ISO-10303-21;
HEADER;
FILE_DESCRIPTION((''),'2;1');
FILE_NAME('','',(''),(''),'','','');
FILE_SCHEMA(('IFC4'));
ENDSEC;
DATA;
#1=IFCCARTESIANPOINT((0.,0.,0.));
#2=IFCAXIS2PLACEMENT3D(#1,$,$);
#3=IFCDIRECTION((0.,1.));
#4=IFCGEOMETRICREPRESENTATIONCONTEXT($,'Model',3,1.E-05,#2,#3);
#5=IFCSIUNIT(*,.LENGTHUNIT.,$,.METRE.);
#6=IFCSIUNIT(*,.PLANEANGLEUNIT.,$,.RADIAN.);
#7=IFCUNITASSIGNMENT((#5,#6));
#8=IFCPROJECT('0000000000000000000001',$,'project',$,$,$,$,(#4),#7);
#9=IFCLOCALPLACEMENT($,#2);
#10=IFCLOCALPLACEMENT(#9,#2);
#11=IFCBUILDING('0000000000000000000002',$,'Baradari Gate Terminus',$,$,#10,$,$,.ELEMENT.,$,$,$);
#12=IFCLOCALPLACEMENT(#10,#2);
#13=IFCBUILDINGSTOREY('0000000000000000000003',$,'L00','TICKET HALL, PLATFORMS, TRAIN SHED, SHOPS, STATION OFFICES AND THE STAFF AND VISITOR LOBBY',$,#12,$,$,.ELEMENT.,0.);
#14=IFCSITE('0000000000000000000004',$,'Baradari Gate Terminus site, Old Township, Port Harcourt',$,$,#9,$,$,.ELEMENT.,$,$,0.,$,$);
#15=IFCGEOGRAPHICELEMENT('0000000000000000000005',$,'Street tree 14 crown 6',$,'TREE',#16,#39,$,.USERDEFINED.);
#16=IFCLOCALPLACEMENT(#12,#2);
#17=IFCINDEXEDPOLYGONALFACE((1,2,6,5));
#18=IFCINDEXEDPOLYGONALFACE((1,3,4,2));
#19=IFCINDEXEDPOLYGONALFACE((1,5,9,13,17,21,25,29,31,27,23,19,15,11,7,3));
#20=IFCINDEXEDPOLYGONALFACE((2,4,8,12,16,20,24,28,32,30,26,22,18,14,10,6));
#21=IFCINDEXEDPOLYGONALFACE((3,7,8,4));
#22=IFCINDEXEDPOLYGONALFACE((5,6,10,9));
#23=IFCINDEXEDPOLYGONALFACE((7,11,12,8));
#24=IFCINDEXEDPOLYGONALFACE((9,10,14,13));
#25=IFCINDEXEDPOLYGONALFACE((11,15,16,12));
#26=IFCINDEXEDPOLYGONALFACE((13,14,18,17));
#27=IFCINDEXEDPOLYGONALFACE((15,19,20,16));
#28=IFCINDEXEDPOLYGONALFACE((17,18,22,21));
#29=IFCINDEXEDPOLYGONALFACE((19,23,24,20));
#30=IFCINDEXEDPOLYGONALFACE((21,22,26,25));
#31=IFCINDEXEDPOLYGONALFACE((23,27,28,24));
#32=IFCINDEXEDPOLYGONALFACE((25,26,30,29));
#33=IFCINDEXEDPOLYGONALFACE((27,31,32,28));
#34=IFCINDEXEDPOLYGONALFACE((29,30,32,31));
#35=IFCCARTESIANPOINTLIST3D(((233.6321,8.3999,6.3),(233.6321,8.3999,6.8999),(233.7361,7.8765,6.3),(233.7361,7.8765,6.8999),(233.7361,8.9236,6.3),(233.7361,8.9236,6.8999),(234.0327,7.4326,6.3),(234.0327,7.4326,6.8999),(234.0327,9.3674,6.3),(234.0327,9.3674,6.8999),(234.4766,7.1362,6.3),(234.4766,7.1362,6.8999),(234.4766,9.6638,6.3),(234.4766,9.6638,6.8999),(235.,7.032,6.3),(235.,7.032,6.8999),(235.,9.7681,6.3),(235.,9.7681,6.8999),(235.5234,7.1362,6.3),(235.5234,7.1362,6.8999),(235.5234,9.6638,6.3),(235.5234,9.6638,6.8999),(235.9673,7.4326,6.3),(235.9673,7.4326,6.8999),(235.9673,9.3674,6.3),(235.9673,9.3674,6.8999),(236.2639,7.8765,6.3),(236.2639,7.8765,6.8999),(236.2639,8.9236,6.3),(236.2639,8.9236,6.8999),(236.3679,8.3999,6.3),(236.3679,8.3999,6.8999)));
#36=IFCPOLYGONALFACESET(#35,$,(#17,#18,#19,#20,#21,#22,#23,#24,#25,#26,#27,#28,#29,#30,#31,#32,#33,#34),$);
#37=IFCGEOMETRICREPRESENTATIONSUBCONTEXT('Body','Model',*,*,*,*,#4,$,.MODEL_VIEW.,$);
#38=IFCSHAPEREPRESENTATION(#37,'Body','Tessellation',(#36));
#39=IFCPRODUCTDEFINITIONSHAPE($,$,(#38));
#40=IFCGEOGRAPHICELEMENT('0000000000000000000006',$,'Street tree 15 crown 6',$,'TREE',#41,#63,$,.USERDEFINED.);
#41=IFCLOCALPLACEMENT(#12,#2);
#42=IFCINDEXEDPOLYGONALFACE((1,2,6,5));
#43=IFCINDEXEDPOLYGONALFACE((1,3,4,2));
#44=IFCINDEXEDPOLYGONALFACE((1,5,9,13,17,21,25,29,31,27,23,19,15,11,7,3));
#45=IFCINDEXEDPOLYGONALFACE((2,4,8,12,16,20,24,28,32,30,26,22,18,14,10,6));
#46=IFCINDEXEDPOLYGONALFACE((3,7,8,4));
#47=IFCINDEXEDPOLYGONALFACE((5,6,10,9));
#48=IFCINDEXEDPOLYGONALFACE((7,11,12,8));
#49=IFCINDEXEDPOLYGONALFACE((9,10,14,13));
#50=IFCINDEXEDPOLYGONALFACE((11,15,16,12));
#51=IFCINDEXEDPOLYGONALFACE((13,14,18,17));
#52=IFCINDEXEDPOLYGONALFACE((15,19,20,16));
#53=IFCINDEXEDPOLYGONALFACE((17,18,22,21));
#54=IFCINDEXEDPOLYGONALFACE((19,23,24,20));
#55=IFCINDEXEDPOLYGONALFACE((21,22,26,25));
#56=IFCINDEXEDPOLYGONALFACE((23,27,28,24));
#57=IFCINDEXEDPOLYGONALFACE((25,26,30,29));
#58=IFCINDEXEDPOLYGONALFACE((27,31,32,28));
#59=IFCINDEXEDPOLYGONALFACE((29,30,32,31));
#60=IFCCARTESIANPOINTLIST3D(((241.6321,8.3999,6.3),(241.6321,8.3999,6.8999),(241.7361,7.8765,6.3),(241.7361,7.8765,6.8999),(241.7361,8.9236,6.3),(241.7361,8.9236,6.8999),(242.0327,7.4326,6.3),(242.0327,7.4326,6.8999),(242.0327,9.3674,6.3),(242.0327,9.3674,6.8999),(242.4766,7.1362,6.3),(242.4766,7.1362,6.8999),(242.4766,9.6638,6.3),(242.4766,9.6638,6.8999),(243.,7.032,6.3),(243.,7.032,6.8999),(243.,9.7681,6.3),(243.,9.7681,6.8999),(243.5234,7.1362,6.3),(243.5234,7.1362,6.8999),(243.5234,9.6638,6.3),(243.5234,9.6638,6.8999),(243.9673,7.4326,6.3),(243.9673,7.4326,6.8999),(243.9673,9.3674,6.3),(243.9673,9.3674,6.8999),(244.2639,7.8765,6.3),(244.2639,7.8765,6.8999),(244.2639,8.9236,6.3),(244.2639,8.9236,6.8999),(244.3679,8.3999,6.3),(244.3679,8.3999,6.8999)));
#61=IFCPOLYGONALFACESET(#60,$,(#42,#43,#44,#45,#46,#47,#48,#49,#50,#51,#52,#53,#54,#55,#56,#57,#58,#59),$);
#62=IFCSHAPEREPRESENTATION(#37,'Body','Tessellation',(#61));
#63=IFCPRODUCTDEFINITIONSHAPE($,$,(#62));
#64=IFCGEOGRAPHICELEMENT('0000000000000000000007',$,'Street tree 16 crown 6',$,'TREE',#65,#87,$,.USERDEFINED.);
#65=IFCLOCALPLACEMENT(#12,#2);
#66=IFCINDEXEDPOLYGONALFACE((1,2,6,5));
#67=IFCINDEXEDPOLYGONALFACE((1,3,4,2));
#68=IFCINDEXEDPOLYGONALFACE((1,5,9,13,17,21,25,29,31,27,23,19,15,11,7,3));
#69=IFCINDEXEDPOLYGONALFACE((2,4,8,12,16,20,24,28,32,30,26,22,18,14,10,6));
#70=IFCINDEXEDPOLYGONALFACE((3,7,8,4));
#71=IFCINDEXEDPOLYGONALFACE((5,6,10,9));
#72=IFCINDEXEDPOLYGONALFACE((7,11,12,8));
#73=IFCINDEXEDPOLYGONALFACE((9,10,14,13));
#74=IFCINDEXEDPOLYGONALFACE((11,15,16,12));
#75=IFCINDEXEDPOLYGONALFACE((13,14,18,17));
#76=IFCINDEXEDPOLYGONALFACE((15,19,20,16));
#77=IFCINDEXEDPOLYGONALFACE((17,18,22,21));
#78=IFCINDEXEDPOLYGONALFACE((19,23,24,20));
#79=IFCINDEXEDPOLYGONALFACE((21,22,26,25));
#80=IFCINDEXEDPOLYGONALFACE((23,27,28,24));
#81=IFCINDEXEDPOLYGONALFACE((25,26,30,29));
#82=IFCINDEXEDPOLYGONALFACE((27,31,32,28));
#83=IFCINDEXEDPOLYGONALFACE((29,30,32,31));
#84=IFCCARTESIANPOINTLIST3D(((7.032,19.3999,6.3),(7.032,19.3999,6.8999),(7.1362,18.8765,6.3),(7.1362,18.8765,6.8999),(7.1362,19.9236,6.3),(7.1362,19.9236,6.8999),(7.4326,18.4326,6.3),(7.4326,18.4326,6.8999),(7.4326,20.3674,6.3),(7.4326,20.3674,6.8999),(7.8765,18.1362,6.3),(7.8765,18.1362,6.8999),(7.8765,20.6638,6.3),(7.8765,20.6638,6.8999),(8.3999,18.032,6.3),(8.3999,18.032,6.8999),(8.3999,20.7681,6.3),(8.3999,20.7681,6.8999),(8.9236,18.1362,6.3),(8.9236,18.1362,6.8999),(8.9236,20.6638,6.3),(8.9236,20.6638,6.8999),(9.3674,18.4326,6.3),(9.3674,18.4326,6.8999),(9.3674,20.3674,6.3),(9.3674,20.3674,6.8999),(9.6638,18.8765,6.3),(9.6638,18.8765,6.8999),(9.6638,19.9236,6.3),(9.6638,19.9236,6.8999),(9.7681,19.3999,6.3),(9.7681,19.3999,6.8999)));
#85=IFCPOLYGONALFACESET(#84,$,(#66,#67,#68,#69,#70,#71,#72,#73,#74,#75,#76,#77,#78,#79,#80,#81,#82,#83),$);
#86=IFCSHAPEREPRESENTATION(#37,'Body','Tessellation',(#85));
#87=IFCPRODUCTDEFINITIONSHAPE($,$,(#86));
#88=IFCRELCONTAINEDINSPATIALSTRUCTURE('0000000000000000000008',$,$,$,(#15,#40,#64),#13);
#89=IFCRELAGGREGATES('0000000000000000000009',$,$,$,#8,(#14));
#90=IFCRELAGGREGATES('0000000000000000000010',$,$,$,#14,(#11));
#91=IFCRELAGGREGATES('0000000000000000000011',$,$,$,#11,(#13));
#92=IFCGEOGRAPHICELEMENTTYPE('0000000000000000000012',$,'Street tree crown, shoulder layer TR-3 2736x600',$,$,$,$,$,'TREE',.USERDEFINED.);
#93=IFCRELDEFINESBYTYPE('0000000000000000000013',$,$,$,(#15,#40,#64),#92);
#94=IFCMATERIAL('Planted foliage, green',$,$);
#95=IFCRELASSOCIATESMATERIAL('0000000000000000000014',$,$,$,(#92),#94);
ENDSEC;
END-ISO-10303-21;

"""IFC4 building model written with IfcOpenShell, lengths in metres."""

from ifc_helpers import new_model, si_unit, direction, frame, origin, place, context, subcontext, project, spatial, polyline, outline, extrude, material, type_object, element, save


model = new_model("IFC4")

# Units and contexts
model_context = context("Model", 3, precision=1e-05, world=origin(), true_north=direction((0.0, 1.0)))
body_context = subcontext(model_context, "Body", "Model", "MODEL_VIEW")
ifc_project = project(units=[si_unit("LENGTHUNIT", "METRE"), si_unit("PLANEANGLEUNIT", "RADIAN")], contexts=[model_context])

# Site, building, storey
site_placement = place(None, origin())
site = spatial("IfcSite", under=ifc_project, at=site_placement, Name="Baradari Gate Terminus site, Old Township, Port Harcourt", CompositionType="ELEMENT", RefElevation=0.0)
building_placement = place(site_placement, origin())
building = spatial("IfcBuilding", under=site, at=building_placement, Name="Baradari Gate Terminus", CompositionType="ELEMENT")
storey_placement = place(building_placement, origin())
storey = spatial("IfcBuildingStorey", under=building, at=storey_placement, Name="L00", Description="TICKET HALL, PLATFORMS, TRAIN SHED, SHOPS, STATION OFFICES AND THE STAFF AND VISITOR LOBBY", CompositionType="ELEMENT", Elevation=0.0)

# Geographic elements
ifc_material_1 = material(Name="Planted foliage, green")
geographic_element_type_1 = type_object("IfcGeographicElementType", Name="Street tree crown, shoulder layer TR-3 2736x600", ElementType="TREE", PredefinedType="USERDEFINED", material=ifc_material_1)
geographic_element_1_placement = place(storey_placement, frame((0.0, 0.0, 6.3)))
element("IfcGeographicElement", 1, at=geographic_element_1_placement, inside=storey, type_object=geographic_element_type_1, Name="Street tree 14 crown 6", ObjectType="TREE", PredefinedType="USERDEFINED", context=body_context, shape_type="SweptSolid", body=[
    extrude(outline(polyline([(236.3679, 8.3999), (236.2639, 8.9236), (235.9673, 9.3674), (235.5234, 9.6638), (235.0, 9.7681), (234.4766, 9.6638), (234.0327, 9.3674), (233.7361, 8.9236), (233.6321, 8.3999), (233.7361, 7.8765), (234.0327, 7.4326), (234.4766, 7.1362), (235.0, 7.032), (235.5234, 7.1362), (235.9673, 7.4326), (236.2639, 7.8765), (236.3679, 8.3999)])), origin(), (0.0, 0.0, 1.0), 0.5999),
])
geographic_element_2_placement = place(storey_placement, frame((0.0, 0.0, 6.3)))
element("IfcGeographicElement", 2, at=geographic_element_2_placement, inside=storey, type_object=geographic_element_type_1, Name="Street tree 15 crown 6", ObjectType="TREE", PredefinedType="USERDEFINED", context=body_context, shape_type="SweptSolid", body=[
    extrude(outline(polyline([(244.3679, 8.3999), (244.2639, 8.9236), (243.9673, 9.3674), (243.5234, 9.6638), (243.0, 9.7681), (242.4766, 9.6638), (242.0327, 9.3674), (241.7361, 8.9236), (241.6321, 8.3999), (241.7361, 7.8765), (242.0327, 7.4326), (242.4766, 7.1362), (243.0, 7.032), (243.5234, 7.1362), (243.9673, 7.4326), (244.2639, 7.8765), (244.3679, 8.3999)])), origin(), (0.0, 0.0, 1.0), 0.5999),
])
geographic_element_3_placement = place(storey_placement, frame((0.0, 0.0, 6.3)))
element("IfcGeographicElement", 3, at=geographic_element_3_placement, inside=storey, type_object=geographic_element_type_1, Name="Street tree 16 crown 6", ObjectType="TREE", PredefinedType="USERDEFINED", context=body_context, shape_type="SweptSolid", body=[
    extrude(outline(polyline([(9.7681, 19.3999), (9.6638, 19.9236), (9.3674, 20.3674), (8.9236, 20.6638), (8.3999, 20.7681), (7.8765, 20.6638), (7.4326, 20.3674), (7.1362, 19.9236), (7.032, 19.3999), (7.1362, 18.8765), (7.4326, 18.4326), (7.8765, 18.1362), (8.3999, 18.032), (8.9236, 18.1362), (9.3674, 18.4326), (9.6638, 18.8765), (9.7681, 19.3999)])), origin(), (0.0, 0.0, 1.0), 0.5999),
])

save(model, "model.ifc")
